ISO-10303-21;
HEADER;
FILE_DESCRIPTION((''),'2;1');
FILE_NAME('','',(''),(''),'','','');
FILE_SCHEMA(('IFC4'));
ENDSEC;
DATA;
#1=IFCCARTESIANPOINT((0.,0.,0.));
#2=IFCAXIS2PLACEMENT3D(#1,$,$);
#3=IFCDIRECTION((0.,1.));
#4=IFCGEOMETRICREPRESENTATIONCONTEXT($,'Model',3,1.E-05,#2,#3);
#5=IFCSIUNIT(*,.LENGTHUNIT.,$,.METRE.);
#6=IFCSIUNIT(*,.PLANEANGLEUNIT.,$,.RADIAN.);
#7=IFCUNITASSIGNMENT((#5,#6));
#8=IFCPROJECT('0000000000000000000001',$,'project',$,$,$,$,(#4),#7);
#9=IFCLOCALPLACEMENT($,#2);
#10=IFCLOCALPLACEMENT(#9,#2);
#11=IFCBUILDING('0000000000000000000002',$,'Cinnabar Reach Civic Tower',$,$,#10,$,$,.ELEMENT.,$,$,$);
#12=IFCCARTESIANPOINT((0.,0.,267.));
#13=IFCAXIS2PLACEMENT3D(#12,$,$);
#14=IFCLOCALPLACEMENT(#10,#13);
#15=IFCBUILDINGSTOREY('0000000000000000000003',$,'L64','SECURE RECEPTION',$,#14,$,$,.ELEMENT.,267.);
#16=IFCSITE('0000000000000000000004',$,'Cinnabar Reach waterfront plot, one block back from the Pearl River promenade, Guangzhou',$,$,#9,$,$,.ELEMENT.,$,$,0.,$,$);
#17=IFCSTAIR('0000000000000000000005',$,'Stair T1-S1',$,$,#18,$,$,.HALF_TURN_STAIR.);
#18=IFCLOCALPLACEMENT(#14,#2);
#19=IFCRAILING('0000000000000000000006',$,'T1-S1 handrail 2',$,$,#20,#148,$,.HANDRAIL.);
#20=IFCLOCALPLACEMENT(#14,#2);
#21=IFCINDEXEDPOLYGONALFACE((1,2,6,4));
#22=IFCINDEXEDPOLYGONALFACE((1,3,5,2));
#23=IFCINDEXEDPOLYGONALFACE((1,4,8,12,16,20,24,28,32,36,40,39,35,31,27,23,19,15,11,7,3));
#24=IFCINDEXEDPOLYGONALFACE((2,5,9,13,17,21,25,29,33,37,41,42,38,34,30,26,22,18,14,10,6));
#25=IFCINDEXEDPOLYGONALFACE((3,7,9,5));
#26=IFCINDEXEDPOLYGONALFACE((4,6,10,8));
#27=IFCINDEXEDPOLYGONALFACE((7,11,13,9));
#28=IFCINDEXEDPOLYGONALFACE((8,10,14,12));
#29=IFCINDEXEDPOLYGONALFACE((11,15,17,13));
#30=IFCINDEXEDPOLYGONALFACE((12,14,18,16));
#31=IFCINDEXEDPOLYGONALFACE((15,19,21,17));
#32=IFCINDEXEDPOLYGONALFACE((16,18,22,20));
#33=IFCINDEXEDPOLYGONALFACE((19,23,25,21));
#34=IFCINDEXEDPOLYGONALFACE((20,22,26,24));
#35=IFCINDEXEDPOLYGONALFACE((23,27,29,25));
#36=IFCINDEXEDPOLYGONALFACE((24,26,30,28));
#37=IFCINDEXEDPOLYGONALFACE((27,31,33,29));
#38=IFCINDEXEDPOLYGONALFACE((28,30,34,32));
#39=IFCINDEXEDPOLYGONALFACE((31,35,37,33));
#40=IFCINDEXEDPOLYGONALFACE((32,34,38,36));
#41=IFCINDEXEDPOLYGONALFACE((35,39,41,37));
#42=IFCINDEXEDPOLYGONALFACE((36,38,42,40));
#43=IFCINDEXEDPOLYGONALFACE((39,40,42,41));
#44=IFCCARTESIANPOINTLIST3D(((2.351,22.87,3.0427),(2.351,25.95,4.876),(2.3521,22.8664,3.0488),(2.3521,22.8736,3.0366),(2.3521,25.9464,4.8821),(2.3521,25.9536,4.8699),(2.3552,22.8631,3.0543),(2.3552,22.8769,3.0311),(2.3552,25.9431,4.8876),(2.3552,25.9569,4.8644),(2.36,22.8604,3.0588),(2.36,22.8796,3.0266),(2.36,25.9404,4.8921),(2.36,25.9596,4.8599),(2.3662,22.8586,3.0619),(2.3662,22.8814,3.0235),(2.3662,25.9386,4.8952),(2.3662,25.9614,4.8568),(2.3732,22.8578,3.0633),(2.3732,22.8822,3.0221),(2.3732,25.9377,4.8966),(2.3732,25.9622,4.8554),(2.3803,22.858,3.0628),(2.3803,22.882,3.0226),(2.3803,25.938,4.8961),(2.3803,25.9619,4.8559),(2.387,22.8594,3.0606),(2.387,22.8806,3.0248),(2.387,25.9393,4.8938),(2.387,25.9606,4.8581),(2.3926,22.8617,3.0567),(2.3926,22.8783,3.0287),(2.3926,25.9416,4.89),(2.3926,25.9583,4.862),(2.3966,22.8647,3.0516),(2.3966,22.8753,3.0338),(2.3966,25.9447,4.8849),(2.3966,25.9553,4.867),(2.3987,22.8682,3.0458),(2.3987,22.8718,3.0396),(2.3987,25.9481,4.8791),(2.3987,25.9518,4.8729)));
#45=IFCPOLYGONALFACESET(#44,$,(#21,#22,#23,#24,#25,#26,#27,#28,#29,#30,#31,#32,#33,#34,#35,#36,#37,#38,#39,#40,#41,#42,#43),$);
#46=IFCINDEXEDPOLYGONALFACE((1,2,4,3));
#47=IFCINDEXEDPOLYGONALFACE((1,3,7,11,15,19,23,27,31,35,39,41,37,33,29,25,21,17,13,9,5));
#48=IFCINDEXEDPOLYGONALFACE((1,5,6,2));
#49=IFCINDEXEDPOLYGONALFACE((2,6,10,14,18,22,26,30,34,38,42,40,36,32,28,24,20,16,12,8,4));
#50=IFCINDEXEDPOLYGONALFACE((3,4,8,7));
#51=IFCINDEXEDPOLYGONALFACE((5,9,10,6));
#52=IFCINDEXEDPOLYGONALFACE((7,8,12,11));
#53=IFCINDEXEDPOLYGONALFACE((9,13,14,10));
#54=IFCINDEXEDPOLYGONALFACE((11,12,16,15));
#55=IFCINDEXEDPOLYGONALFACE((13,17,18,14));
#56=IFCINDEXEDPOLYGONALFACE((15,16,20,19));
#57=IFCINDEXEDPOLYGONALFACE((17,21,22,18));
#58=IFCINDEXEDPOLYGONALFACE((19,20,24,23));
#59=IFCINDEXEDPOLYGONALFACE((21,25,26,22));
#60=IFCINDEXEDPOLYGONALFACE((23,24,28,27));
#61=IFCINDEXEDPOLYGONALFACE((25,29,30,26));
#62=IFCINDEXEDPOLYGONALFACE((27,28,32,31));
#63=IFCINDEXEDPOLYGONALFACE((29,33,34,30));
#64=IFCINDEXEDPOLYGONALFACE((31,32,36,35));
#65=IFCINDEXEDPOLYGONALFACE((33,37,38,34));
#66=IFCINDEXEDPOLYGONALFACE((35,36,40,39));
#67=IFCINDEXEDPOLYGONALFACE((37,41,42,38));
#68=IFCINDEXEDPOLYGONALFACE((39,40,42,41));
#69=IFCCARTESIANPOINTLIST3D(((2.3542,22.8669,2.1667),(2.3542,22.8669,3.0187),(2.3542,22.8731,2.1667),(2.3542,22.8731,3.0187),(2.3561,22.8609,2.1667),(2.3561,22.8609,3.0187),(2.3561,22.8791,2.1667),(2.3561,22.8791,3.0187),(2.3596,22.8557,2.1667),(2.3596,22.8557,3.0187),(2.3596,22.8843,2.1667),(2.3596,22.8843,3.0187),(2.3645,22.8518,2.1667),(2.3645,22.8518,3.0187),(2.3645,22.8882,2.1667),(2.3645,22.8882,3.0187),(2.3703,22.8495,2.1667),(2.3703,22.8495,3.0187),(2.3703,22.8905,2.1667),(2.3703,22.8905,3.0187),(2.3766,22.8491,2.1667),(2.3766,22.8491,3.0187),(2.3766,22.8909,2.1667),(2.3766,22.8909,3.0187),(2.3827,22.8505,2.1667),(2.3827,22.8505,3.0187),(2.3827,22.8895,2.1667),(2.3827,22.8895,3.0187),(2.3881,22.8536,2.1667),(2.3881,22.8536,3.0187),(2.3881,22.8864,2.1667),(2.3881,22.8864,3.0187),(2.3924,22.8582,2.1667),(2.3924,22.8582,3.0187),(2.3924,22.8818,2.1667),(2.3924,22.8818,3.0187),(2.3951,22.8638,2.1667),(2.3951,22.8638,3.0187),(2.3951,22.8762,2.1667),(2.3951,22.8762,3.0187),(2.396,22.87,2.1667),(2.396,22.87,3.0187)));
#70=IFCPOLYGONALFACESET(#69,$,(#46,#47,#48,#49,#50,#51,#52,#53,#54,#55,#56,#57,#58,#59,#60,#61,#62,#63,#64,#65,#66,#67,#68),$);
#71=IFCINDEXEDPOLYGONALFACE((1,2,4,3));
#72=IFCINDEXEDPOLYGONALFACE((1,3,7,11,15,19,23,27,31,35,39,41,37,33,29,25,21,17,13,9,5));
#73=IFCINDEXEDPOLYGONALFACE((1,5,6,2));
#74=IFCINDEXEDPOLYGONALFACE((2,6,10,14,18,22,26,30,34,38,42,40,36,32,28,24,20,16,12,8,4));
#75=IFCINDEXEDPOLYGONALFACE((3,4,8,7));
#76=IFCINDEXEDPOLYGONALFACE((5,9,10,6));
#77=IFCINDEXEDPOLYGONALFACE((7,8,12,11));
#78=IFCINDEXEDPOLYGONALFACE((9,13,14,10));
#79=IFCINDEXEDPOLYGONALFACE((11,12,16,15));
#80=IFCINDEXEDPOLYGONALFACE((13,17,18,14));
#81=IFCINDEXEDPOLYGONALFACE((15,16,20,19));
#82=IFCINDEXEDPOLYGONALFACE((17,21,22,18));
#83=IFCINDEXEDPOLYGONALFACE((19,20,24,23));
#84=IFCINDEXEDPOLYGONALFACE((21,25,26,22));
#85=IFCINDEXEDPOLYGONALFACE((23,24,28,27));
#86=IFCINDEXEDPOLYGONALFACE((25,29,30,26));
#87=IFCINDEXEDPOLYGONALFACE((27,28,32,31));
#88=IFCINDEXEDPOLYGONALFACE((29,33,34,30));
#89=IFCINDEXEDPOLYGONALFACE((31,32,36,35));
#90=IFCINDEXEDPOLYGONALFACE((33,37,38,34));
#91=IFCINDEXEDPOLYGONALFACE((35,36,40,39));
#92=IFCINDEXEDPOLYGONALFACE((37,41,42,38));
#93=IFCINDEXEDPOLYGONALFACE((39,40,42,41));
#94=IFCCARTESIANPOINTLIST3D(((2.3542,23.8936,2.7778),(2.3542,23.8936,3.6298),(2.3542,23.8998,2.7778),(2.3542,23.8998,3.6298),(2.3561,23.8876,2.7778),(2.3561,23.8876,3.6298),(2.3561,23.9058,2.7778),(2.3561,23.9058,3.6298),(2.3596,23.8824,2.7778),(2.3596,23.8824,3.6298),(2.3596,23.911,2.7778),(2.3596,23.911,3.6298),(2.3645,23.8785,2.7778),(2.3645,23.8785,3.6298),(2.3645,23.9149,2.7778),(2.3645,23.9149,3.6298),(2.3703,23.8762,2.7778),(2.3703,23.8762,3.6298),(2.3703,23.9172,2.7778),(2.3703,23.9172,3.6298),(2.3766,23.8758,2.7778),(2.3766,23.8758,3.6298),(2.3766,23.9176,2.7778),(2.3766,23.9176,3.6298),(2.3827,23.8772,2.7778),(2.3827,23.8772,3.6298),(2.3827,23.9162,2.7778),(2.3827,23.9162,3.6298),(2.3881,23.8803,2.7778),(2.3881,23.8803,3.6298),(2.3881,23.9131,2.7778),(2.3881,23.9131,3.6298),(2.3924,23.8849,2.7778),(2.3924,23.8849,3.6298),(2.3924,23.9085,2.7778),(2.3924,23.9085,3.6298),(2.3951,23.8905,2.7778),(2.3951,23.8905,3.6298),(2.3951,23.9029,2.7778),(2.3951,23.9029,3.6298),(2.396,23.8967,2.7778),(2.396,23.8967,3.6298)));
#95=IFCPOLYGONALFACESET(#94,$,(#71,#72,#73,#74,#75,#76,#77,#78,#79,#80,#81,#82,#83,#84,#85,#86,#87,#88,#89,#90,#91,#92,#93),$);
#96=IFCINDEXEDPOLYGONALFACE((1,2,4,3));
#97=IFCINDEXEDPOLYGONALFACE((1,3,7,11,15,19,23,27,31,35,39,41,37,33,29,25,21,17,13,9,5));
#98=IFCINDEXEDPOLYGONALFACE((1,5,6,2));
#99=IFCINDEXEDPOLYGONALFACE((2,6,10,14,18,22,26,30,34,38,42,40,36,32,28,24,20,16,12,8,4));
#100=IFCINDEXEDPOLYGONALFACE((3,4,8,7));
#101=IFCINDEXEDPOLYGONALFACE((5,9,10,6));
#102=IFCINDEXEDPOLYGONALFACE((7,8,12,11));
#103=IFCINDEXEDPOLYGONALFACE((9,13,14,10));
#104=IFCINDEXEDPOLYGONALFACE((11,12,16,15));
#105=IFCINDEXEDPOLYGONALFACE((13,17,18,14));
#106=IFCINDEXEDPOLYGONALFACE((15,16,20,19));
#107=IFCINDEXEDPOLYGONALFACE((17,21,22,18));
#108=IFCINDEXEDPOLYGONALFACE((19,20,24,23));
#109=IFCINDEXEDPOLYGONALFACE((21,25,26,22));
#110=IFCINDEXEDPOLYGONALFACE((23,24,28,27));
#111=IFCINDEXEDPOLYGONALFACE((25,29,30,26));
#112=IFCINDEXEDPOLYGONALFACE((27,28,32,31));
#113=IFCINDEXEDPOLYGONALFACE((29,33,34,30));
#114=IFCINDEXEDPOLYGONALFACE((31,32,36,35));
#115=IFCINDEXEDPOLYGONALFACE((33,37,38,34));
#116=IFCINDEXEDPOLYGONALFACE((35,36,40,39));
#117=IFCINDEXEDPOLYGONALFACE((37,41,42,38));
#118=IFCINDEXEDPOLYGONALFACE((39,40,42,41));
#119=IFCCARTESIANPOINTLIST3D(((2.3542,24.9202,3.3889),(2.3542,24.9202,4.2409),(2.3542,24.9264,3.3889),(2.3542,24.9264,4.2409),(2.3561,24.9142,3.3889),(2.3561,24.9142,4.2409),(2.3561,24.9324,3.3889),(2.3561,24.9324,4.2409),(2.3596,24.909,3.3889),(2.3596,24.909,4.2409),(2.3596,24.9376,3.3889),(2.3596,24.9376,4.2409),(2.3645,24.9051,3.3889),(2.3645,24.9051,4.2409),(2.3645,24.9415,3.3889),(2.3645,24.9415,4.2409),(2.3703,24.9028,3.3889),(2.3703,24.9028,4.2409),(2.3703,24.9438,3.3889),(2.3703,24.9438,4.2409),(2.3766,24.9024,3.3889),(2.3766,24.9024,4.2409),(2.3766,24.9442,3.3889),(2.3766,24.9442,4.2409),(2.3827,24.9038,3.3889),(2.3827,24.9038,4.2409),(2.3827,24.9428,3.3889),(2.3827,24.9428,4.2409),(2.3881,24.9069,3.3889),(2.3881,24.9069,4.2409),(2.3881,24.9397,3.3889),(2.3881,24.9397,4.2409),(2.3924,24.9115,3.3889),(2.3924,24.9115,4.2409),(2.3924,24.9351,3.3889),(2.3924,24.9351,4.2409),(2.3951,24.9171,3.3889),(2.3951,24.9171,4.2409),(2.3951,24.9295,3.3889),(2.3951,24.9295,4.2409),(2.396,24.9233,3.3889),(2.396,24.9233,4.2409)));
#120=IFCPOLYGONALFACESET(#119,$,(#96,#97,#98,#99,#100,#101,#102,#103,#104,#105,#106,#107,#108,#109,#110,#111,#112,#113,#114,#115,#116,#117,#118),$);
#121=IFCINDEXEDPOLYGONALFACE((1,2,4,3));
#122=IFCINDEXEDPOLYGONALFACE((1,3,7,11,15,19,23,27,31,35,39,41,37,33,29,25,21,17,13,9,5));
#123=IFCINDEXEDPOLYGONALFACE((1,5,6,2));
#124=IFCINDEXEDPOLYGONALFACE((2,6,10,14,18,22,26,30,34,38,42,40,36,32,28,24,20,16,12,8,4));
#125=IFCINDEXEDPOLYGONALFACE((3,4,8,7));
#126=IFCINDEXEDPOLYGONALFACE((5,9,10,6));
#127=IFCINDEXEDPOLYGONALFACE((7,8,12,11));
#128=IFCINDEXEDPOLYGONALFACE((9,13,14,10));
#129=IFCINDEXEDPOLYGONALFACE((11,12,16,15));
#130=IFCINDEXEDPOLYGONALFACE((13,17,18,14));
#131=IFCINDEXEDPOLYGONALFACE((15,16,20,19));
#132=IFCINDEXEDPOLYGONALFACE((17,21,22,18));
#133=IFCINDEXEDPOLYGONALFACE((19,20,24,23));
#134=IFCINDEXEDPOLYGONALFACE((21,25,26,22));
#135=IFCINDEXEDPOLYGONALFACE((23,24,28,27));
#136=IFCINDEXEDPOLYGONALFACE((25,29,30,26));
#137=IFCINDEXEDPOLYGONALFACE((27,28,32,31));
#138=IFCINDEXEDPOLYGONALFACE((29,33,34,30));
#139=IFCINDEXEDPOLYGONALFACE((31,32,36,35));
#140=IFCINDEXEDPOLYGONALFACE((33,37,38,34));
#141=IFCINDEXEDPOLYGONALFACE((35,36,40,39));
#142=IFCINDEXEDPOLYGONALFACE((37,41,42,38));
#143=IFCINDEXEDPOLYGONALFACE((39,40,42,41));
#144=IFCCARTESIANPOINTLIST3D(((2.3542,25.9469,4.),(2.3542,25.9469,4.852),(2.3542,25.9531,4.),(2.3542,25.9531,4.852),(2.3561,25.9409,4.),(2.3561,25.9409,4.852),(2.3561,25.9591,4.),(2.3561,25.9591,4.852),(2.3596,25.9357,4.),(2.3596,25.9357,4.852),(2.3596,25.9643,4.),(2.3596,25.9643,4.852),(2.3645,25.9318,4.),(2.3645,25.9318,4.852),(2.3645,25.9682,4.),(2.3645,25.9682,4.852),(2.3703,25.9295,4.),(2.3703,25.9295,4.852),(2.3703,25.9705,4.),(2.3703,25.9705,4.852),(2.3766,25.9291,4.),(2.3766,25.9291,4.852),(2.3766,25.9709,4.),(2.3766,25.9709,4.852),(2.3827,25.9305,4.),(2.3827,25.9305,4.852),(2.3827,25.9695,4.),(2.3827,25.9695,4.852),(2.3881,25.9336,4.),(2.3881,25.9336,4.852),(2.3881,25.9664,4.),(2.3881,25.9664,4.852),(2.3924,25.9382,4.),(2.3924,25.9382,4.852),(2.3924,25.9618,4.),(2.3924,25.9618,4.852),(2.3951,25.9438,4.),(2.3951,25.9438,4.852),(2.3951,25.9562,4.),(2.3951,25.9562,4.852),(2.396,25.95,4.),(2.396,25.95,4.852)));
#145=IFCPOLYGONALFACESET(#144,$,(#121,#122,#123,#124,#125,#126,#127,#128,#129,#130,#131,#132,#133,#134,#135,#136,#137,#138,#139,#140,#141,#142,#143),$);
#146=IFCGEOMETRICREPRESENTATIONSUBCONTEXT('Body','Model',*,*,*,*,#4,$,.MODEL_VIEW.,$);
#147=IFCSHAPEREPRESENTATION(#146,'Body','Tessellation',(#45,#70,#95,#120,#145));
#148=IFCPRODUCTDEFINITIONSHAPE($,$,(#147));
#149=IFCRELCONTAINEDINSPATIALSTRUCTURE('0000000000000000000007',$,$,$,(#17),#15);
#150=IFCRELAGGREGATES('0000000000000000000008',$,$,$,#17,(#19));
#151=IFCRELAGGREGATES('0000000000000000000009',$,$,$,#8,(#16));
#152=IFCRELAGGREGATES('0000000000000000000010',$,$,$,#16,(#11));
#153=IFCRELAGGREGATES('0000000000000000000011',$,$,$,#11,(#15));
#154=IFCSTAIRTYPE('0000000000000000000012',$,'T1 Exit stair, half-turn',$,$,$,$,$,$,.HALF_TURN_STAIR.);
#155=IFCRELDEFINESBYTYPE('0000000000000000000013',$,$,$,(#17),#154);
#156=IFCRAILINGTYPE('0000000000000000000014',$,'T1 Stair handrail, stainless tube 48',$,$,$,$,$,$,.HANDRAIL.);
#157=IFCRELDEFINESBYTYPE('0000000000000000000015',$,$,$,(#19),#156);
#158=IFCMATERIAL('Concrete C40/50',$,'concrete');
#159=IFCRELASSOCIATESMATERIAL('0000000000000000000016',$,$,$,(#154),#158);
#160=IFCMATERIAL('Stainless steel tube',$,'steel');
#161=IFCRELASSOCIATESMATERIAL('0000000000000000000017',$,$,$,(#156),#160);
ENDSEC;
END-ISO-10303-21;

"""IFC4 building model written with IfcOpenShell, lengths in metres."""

from ifc_helpers import new_model, si_unit, direction, frame, origin, origin_2d, place, context, subcontext, project, spatial, circle, extrude, material, type_object, element, aggregate, save


model = new_model("IFC4")

# Units and contexts
model_context = context("Model", 3, precision=1e-05, world=origin(), true_north=direction((0.0, 1.0)))
body_context = subcontext(model_context, "Body", "Model", "MODEL_VIEW")
ifc_project = project(units=[si_unit("LENGTHUNIT", "METRE"), si_unit("PLANEANGLEUNIT", "RADIAN")], contexts=[model_context])

# Site, building, storey
site_placement = place(None, origin())
site = spatial("IfcSite", under=ifc_project, at=site_placement, Name="Cinnabar Reach waterfront plot, one block back from the Pearl River promenade, Guangzhou", CompositionType="ELEMENT", RefElevation=0.0)
building_placement = place(site_placement, origin())
building = spatial("IfcBuilding", under=site, at=building_placement, Name="Cinnabar Reach Civic Tower", CompositionType="ELEMENT")
storey_placement = place(building_placement, frame((0.0, 0.0, 267.0)))
storey = spatial("IfcBuildingStorey", under=building, at=storey_placement, Name="L64", Description="SECURE RECEPTION", CompositionType="ELEMENT", Elevation=267.0)

# Shared definitions
ifc_material_1 = material(Name="Concrete C40/50", Category="concrete")

# Stair, railing
stair_type = type_object("IfcStairType", Name="T1 Exit stair, half-turn", PredefinedType="HALF_TURN_STAIR", material=ifc_material_1)
stair_placement = place(storey_placement, origin())
stair = element("IfcStair", 1, at=stair_placement, inside=storey, type_object=stair_type, Name="Stair T1-S1", PredefinedType="HALF_TURN_STAIR")
ifc_material_2 = material(Name="Stainless steel tube", Category="steel")
railing_type = type_object("IfcRailingType", Name="T1 Stair handrail, stainless tube 48", PredefinedType="HANDRAIL", material=ifc_material_2)
railing_1_placement = place(storey_placement, frame((2.375, 22.87, 2.1667)))
railing_1 = element("IfcRailing", 2, at=railing_1_placement, type_object=railing_type, Name="T1-S1 handrail 2", PredefinedType="HANDRAIL", context=body_context, shape_type="SweptSolid", body=[
    extrude(circle(Radius=0.024, at=origin_2d()), frame((0.0, 0.0, 0.876), z_axis=(0.0, 0.859297, 0.511477), x_axis=(-1.0, 0.0, 0.0)), (0.0, 0.0, 1.0), 3.5843),
    extrude(circle(Radius=0.021, at=origin_2d()), origin(), (0.0, 0.0, 1.0), 0.852),
    extrude(circle(Radius=0.021, at=origin_2d()), frame((0.0, 1.0267, 0.6111)), (0.0, 0.0, 1.0), 0.852),
    extrude(circle(Radius=0.021, at=origin_2d()), frame((0.0, 2.0533, 1.2222)), (0.0, 0.0, 1.0), 0.852),
    extrude(circle(Radius=0.021, at=origin_2d()), frame((0.0, 3.08, 1.8333)), (0.0, 0.0, 1.0), 0.852),
])
aggregate(stair, [railing_1])

save(model, "model.ifc")
